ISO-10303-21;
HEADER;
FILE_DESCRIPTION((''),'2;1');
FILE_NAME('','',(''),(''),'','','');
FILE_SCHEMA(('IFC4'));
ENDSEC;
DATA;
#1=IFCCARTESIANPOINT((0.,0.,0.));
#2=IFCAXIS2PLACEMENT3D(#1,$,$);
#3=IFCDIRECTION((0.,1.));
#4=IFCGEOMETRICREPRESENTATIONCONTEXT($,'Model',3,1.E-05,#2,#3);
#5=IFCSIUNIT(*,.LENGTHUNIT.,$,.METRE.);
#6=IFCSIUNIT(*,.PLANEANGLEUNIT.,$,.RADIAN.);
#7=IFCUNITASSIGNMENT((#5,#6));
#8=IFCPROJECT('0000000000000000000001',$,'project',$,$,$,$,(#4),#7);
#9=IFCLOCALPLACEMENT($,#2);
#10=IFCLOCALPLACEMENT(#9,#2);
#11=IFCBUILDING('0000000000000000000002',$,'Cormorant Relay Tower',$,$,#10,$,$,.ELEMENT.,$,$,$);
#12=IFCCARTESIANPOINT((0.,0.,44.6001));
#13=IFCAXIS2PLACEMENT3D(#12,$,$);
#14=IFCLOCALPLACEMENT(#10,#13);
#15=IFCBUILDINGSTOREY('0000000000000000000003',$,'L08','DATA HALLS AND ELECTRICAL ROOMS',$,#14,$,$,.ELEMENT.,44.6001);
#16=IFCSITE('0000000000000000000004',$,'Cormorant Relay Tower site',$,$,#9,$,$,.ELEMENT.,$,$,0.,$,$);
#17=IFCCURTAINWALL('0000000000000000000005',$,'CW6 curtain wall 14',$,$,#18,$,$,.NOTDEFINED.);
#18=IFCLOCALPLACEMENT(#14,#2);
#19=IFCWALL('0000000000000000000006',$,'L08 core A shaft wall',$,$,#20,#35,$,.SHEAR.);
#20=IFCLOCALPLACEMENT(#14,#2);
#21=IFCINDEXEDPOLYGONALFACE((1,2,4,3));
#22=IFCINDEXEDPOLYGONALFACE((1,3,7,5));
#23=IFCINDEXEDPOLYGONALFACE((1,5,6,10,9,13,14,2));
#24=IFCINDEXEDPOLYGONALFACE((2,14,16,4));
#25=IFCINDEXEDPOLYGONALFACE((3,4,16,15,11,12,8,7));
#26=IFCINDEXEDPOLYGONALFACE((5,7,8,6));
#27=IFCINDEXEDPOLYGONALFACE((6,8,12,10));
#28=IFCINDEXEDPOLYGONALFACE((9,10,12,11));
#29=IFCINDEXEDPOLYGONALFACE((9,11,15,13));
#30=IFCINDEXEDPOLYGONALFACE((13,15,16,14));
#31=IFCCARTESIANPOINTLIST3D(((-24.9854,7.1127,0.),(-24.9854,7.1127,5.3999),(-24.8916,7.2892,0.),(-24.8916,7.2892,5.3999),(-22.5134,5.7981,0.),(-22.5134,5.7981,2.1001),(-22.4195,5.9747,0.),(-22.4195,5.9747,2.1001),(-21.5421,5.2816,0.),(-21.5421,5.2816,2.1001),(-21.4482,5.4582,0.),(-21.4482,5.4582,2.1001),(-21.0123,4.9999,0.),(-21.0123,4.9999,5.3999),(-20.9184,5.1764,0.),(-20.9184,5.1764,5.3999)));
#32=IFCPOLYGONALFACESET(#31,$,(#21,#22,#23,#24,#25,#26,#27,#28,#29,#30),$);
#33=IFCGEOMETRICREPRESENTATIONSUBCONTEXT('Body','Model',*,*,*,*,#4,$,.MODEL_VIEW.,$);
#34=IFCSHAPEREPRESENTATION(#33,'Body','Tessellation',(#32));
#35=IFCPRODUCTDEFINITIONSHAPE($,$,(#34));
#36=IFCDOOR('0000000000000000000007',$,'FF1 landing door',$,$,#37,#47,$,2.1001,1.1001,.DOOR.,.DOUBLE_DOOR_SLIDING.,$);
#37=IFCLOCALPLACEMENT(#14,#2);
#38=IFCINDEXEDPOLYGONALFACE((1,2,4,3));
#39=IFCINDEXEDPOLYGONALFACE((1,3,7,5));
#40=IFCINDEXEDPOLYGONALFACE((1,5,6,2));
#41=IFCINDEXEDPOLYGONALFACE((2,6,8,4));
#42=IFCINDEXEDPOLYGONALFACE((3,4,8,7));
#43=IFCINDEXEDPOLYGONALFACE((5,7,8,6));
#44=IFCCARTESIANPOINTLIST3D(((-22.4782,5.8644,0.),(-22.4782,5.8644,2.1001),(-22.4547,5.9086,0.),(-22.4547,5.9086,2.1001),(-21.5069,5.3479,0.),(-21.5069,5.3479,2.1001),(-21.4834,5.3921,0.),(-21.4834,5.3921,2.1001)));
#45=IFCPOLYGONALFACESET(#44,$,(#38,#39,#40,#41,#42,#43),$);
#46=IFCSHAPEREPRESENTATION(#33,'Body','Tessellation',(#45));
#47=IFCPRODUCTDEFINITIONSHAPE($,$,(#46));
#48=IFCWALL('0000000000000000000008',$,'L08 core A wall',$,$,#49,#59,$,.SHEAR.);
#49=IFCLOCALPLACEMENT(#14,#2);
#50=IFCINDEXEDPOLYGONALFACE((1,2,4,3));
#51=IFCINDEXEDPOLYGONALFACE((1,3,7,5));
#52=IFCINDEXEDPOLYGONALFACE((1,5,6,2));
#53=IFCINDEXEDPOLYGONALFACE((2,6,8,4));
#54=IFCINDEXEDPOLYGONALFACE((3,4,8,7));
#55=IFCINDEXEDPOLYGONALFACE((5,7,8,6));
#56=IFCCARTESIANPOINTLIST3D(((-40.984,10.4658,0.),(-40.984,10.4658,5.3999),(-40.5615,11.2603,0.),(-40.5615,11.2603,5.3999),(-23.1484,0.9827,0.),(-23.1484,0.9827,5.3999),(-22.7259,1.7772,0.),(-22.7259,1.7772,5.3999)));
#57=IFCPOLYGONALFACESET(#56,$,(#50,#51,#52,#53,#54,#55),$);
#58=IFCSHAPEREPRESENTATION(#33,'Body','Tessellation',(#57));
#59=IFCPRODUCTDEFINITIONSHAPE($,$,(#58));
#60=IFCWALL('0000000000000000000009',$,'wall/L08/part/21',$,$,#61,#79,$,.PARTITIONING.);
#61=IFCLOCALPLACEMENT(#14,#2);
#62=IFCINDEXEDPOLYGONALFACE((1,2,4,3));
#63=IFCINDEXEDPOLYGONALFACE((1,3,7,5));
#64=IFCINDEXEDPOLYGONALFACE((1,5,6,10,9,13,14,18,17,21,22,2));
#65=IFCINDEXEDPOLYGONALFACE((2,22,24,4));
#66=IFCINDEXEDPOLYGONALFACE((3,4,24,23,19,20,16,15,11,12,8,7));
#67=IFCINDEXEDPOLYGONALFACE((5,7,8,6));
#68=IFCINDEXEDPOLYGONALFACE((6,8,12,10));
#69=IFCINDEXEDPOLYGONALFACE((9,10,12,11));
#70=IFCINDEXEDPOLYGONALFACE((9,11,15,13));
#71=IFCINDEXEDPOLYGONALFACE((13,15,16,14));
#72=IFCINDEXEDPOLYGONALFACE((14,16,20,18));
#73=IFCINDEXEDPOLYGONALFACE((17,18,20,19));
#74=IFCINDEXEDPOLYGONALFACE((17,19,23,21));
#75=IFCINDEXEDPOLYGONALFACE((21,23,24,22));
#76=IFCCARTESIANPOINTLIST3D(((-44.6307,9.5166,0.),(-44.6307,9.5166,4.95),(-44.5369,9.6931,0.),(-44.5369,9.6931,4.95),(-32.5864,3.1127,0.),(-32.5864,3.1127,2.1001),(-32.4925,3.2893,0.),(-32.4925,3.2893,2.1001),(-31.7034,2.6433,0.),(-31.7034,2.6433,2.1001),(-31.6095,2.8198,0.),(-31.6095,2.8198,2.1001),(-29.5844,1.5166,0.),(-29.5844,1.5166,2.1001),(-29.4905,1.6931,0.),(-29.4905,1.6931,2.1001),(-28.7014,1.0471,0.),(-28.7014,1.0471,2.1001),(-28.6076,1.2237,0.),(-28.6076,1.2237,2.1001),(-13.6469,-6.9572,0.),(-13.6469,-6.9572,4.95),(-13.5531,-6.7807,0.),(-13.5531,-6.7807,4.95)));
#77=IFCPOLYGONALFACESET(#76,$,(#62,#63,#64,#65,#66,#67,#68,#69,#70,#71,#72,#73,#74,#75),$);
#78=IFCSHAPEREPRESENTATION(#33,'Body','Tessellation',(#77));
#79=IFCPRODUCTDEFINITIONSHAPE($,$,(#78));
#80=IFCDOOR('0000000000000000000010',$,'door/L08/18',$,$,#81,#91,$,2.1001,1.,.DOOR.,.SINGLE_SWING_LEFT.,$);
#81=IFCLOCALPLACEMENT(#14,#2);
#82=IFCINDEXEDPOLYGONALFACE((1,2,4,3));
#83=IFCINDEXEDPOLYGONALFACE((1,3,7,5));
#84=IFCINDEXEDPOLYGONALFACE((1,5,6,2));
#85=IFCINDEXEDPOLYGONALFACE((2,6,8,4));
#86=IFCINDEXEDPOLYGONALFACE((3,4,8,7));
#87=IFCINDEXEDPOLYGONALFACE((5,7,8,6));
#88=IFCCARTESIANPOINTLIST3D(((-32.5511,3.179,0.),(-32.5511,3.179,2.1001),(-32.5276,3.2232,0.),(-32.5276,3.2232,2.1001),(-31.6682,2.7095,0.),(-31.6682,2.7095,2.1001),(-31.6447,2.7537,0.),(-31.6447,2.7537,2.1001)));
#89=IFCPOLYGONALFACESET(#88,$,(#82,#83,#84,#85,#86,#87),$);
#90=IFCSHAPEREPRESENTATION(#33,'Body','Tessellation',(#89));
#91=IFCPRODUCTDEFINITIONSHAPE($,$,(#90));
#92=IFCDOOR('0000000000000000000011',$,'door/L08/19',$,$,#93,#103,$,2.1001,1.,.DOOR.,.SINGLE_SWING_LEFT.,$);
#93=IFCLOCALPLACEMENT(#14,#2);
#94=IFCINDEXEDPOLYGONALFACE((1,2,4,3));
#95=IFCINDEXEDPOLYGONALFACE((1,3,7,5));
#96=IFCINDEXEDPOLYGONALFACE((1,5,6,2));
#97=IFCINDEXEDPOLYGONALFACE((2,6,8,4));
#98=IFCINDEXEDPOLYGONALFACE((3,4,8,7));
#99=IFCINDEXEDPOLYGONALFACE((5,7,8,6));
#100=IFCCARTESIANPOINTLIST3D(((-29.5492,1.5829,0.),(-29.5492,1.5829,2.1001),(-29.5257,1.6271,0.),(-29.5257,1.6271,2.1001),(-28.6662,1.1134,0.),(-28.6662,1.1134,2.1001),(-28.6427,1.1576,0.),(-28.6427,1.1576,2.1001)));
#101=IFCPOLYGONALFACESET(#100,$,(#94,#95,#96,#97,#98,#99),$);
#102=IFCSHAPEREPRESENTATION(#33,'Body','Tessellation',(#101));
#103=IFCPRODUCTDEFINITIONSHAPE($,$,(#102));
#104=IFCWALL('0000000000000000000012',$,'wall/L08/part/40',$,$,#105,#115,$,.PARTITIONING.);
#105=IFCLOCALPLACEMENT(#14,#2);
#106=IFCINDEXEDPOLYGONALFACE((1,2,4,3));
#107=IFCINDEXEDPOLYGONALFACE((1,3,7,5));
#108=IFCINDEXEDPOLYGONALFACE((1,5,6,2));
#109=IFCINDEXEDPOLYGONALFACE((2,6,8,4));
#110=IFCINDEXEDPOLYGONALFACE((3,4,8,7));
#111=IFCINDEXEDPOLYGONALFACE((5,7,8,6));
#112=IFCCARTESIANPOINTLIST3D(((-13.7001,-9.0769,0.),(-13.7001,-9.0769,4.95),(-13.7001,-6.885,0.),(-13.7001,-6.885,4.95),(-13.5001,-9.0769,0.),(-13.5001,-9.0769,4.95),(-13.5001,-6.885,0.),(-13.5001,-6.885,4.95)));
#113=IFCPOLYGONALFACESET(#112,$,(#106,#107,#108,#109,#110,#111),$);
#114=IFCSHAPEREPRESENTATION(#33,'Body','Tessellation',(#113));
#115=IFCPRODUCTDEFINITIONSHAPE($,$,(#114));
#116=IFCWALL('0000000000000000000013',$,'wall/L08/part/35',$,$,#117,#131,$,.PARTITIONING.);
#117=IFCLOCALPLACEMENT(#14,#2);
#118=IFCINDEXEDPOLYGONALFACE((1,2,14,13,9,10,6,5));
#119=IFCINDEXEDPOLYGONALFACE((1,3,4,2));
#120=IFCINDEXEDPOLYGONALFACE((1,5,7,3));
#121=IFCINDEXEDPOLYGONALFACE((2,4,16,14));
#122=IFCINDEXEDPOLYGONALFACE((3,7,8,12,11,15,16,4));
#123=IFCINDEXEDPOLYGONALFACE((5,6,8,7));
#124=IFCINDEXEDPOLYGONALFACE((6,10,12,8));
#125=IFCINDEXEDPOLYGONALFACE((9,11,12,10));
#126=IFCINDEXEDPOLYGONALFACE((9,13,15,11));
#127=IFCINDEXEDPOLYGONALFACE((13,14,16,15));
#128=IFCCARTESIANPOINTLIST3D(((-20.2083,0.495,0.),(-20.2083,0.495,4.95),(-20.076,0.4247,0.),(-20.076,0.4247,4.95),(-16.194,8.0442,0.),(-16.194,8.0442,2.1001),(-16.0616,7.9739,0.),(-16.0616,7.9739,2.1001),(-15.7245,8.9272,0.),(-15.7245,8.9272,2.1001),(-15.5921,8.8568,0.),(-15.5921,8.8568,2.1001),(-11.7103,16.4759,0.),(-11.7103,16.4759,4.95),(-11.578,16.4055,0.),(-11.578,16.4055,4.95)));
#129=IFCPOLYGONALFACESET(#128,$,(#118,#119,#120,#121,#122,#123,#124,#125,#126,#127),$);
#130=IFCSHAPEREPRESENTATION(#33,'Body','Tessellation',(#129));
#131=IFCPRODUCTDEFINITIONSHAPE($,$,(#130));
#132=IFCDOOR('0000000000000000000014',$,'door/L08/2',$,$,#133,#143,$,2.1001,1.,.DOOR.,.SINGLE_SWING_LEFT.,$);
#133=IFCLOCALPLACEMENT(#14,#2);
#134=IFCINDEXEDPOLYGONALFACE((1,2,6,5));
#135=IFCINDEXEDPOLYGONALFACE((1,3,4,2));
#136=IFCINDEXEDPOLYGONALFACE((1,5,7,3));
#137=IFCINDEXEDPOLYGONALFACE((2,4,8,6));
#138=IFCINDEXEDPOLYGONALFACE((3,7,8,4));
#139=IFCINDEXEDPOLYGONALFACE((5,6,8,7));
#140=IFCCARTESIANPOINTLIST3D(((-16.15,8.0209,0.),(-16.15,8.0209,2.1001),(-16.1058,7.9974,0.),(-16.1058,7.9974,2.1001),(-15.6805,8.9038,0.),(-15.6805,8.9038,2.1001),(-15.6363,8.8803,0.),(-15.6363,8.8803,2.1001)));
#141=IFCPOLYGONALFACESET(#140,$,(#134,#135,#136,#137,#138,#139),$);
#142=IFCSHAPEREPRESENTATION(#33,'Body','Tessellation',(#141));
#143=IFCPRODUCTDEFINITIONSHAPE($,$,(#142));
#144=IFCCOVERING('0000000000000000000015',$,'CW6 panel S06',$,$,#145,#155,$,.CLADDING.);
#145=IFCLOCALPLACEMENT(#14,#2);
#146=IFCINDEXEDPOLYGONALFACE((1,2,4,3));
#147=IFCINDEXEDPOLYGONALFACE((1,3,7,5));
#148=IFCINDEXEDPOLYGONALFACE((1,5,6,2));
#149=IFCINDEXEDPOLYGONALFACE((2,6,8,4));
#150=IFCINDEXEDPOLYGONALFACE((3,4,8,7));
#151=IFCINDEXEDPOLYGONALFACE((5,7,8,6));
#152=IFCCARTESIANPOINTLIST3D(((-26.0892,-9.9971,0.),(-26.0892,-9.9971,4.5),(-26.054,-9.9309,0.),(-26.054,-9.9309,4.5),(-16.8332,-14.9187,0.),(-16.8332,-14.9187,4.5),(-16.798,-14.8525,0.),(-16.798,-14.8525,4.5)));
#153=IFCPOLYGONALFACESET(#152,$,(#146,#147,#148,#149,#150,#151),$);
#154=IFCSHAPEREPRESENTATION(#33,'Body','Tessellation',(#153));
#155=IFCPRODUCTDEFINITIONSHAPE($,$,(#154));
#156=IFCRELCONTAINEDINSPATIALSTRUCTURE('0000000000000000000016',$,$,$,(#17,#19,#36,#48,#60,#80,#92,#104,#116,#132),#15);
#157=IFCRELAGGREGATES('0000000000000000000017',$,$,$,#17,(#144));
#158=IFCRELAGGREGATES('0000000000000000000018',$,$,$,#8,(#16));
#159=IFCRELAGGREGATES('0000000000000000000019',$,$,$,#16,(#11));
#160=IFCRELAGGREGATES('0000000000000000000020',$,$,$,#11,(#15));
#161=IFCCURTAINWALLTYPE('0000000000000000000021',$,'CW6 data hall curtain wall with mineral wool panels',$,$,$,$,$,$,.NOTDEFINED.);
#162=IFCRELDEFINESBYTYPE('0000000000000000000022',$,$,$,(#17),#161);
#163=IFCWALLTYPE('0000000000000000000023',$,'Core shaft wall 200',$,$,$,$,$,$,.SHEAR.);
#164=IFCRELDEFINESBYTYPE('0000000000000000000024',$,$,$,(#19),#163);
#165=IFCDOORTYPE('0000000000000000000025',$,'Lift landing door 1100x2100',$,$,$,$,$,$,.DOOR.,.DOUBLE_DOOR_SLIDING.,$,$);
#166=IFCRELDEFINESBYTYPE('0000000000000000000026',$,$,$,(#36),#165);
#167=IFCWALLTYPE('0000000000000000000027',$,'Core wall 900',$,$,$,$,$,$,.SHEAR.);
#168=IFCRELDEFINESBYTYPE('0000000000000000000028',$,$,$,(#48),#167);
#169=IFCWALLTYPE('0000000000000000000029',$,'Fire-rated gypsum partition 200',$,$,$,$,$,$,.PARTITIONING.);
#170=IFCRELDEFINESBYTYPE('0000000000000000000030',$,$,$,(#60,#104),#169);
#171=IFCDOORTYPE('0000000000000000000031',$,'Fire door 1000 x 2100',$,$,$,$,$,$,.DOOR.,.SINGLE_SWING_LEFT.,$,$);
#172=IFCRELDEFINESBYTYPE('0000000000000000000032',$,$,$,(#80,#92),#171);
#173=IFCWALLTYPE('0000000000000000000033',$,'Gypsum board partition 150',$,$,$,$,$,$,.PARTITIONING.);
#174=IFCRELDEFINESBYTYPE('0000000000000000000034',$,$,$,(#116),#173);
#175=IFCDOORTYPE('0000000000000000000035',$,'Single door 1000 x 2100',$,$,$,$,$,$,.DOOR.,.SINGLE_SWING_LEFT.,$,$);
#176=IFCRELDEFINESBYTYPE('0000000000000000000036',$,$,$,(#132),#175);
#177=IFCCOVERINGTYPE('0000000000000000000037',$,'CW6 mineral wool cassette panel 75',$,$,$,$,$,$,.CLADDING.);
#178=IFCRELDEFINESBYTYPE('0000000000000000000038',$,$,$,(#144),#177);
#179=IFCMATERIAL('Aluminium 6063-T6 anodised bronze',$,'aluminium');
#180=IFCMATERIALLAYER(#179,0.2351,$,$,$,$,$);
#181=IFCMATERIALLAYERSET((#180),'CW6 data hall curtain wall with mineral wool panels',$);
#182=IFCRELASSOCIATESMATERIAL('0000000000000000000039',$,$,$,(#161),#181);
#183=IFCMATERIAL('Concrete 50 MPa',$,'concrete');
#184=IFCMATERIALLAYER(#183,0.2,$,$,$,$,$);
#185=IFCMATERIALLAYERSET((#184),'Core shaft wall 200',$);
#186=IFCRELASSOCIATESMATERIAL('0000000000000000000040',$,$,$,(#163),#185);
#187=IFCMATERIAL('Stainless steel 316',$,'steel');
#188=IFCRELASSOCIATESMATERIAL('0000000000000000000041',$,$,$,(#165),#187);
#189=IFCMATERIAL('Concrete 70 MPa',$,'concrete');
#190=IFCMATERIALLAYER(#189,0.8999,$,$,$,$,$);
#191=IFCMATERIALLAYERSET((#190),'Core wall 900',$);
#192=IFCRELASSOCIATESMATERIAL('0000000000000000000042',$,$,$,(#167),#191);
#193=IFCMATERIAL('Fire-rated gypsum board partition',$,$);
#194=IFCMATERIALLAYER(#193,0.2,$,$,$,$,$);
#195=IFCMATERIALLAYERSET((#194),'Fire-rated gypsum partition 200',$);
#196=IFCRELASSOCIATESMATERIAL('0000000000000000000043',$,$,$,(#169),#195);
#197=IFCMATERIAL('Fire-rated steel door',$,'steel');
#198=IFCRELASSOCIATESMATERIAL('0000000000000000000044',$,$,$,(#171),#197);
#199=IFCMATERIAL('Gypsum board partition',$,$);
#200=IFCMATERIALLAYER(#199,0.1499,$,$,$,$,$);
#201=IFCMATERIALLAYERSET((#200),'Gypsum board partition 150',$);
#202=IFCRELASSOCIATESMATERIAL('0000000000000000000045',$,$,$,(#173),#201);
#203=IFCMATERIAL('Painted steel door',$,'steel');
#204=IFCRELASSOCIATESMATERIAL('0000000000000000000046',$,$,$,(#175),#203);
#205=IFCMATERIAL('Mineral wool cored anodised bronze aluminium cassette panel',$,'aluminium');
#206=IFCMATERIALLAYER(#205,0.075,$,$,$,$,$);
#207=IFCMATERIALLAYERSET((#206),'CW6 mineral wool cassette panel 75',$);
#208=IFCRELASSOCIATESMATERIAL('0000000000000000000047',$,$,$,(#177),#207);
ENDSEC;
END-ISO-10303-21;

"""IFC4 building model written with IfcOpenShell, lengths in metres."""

from ifc_helpers import new_model, si_unit, direction, frame, frame_2d, origin, origin_2d, place, context, subcontext, project, spatial, rectangle, extrude, material, layer, layer_set, type_object, element, fill, aggregate, save


model = new_model("IFC4")

# Units and contexts
model_context = context("Model", 3, precision=1e-05, world=origin(), true_north=direction((0.0, 1.0)))
body_context = subcontext(model_context, "Body", "Model", "MODEL_VIEW")
ifc_project = project(units=[si_unit("LENGTHUNIT", "METRE"), si_unit("PLANEANGLEUNIT", "RADIAN")], contexts=[model_context])

# Site, building, storey
site_placement = place(None, origin())
site = spatial("IfcSite", under=ifc_project, at=site_placement, Name="Cormorant Relay Tower site", CompositionType="ELEMENT", RefElevation=0.0)
building_placement = place(site_placement, origin())
building = spatial("IfcBuilding", under=site, at=building_placement, Name="Cormorant Relay Tower", CompositionType="ELEMENT")
storey_placement = place(building_placement, frame((0.0, 0.0, 44.6001)))
storey = spatial("IfcBuildingStorey", under=building, at=storey_placement, Name="L08", Description="DATA HALLS AND ELECTRICAL ROOMS", CompositionType="ELEMENT", Elevation=44.6001)

# Curtain wall
ifc_material_1 = material(Name="Aluminium 6063-T6 anodised bronze", Category="aluminium")
ifc_layer_1 = layer(ifc_material_1, 0.2351)
ifc_layer_set_1 = layer_set([ifc_layer_1], Name="CW6 data hall curtain wall with mineral wool panels")
curtain_wall_type = type_object("IfcCurtainWallType", Name="CW6 data hall curtain wall with mineral wool panels", PredefinedType="NOTDEFINED", material=ifc_layer_set_1)
curtain_wall_placement = place(storey_placement, origin())
curtain_wall = element("IfcCurtainWall", 1, at=curtain_wall_placement, inside=storey, type_object=curtain_wall_type, Name="CW6 curtain wall 14", PredefinedType="NOTDEFINED")

# Shared definitions
ifc_material_2 = material(Name="Concrete 50 MPa", Category="concrete")
ifc_layer_2 = layer(ifc_material_2, 0.2)
ifc_layer_set_2 = layer_set([ifc_layer_2], Name="Core shaft wall 200")
wall_type_1 = type_object("IfcWallType", Name="Core shaft wall 200", PredefinedType="SHEAR", material=ifc_layer_set_2)

# Wall, opening, door
wall_1_placement = place(storey_placement, frame((-20.9653, 5.0881, 0.0), z_axis=(0.0, 0.0, 1.0), x_axis=(-0.882926, 0.469512, 0.0)))
wall_1 = element("IfcWall", 2, at=wall_1_placement, inside=storey, type_object=wall_type_1, Name="L08 core A shaft wall", PredefinedType="SHEAR", context=body_context, shape_type="SweptSolid", body=[
    extrude(rectangle(XDim=4.5, YDim=0.2, at=frame_2d((2.25, 0.0))), origin(), (0.0, 0.0, 1.0), 5.3999),
])
opening_1_placement = place(wall_1_placement, frame((0.6001, 0.0, 0.0)))
opening_1 = element("IfcOpeningElement", 3, at=opening_1_placement, cuts=wall_1, PredefinedType="OPENING", context=body_context, shape_type="SweptSolid", body=[
    extrude(rectangle(XDim=1.1001, YDim=2.1001, at=frame_2d((0.55, 1.05))), frame((0.0, 0.1099, 0.0), z_axis=(0.0, -1.0, 0.0), x_axis=(1.0, 0.0, 0.0)), (0.0, 0.0, 1.0), 0.22),
])
ifc_material_3 = material(Name="Stainless steel 316", Category="steel")
door_type_1 = type_object("IfcDoorType", Name="Lift landing door 1100x2100", OperationType="DOUBLE_DOOR_SLIDING", PredefinedType="DOOR", material=ifc_material_3)
door_1_placement = place(opening_1_placement, origin())
door_1 = element("IfcDoor", 4, at=door_1_placement, inside=storey, type_object=door_type_1, Name="FF1 landing door", OperationType="DOUBLE_DOOR_SLIDING", OverallHeight=2.1001, OverallWidth=1.1001, PredefinedType="DOOR", context=body_context, shape_type="SweptSolid", body=[
    extrude(rectangle(XDim=1.1001, YDim=2.1001, at=frame_2d((0.55, 1.05))), frame((0.0, 0.0249, 0.0), z_axis=(0.0, -1.0, 0.0), x_axis=(1.0, 0.0, 0.0)), (0.0, 0.0, 1.0), 0.05),
])
fill(opening_1, door_1)

# Wall
ifc_material_4 = material(Name="Concrete 70 MPa", Category="concrete")
ifc_layer_3 = layer(ifc_material_4, 0.8999)
ifc_layer_set_3 = layer_set([ifc_layer_3], Name="Core wall 900")
wall_type_2 = type_object("IfcWallType", Name="Core wall 900", PredefinedType="SHEAR", material=ifc_layer_set_3)
wall_2_placement = place(storey_placement, frame((-22.937, 1.3799, 0.0), z_axis=(0.0, 0.0, 1.0), x_axis=(-0.882953, 0.469462, 0.0)))
element("IfcWall", 5, at=wall_2_placement, inside=storey, type_object=wall_type_2, Name="L08 core A wall", PredefinedType="SHEAR", context=body_context, shape_type="SweptSolid", body=[
    extrude(rectangle(XDim=20.2, YDim=0.8999, at=frame_2d((10.1001, 0.0))), origin(), (0.0, 0.0, 1.0), 5.3999),
])

# Wall, openings, doors
ifc_material_5 = material(Name="Fire-rated gypsum board partition")
ifc_layer_4 = layer(ifc_material_5, 0.2)
ifc_layer_set_4 = layer_set([ifc_layer_4], Name="Fire-rated gypsum partition 200")
wall_type_3 = type_object("IfcWallType", Name="Fire-rated gypsum partition 200", PredefinedType="PARTITIONING", material=ifc_layer_set_4)
wall_3_placement = place(storey_placement, frame((-13.6001, -6.8689, 0.0), z_axis=(0.0, 0.0, 1.0), x_axis=(-0.882954, 0.469459, 0.0)))
wall_3 = element("IfcWall", 6, at=wall_3_placement, inside=storey, type_object=wall_type_3, Name="wall/L08/part/21", PredefinedType="PARTITIONING", context=body_context, shape_type="SweptSolid", body=[
    extrude(rectangle(XDim=35.0911, YDim=0.2, at=frame_2d((17.5454, 0.0))), origin(), (0.0, 0.0, 1.0), 4.95),
])
opening_2_placement = place(wall_3_placement, frame((20.45, 0.0, 0.0)))
opening_2 = element("IfcOpeningElement", 7, at=opening_2_placement, cuts=wall_3, PredefinedType="OPENING", context=body_context, shape_type="SweptSolid", body=[
    extrude(rectangle(XDim=1.0, YDim=2.1001, at=frame_2d((0.5, 1.05))), frame((0.0, 0.1099, 0.0), z_axis=(0.0, -1.0, 0.0), x_axis=(1.0, 0.0, 0.0)), (0.0, 0.0, 1.0), 0.22),
])
opening_3_placement = place(wall_3_placement, frame((17.05, 0.0, 0.0)))
opening_3 = element("IfcOpeningElement", 8, at=opening_3_placement, cuts=wall_3, PredefinedType="OPENING", context=body_context, shape_type="SweptSolid", body=[
    extrude(rectangle(XDim=1.0, YDim=2.1001, at=frame_2d((0.5, 1.05))), frame((0.0, 0.1099, 0.0), z_axis=(0.0, -1.0, 0.0), x_axis=(1.0, 0.0, 0.0)), (0.0, 0.0, 1.0), 0.22),
])
ifc_material_6 = material(Name="Fire-rated steel door", Category="steel")
door_type_2 = type_object("IfcDoorType", Name="Fire door 1000 x 2100", OperationType="SINGLE_SWING_LEFT", PredefinedType="DOOR", material=ifc_material_6)
door_2_placement = place(opening_2_placement, origin())
door_2 = element("IfcDoor", 9, at=door_2_placement, inside=storey, type_object=door_type_2, Name="door/L08/18", OperationType="SINGLE_SWING_LEFT", OverallHeight=2.1001, OverallWidth=1.0, PredefinedType="DOOR", context=body_context, shape_type="SweptSolid", body=[
    extrude(rectangle(XDim=1.0, YDim=2.1001, at=frame_2d((0.5, 1.05))), frame((0.0, 0.0249, 0.0), z_axis=(0.0, -1.0, 0.0), x_axis=(1.0, 0.0, 0.0)), (0.0, 0.0, 1.0), 0.05),
])
fill(opening_2, door_2)
door_3_placement = place(opening_3_placement, origin())
door_3 = element("IfcDoor", 10, at=door_3_placement, inside=storey, type_object=door_type_2, Name="door/L08/19", OperationType="SINGLE_SWING_LEFT", OverallHeight=2.1001, OverallWidth=1.0, PredefinedType="DOOR", context=body_context, shape_type="SweptSolid", body=[
    extrude(rectangle(XDim=1.0, YDim=2.1001, at=frame_2d((0.5, 1.05))), frame((0.0, 0.0249, 0.0), z_axis=(0.0, -1.0, 0.0), x_axis=(1.0, 0.0, 0.0)), (0.0, 0.0, 1.0), 0.05),
])
fill(opening_3, door_3)

# Wall
wall_4_placement = place(storey_placement, frame((-13.6001, -9.0769, 0.0), z_axis=(0.0, 0.0, 1.0), x_axis=(0.0, 1.0, 0.0)))
element("IfcWall", 11, at=wall_4_placement, inside=storey, type_object=wall_type_3, Name="wall/L08/part/40", PredefinedType="PARTITIONING", context=body_context, shape_type="SweptSolid", body=[
    extrude(rectangle(XDim=2.1919, YDim=0.2, at=frame_2d((1.0959, 0.0))), origin(), (0.0, 0.0, 1.0), 4.95),
])

# Wall, opening, door
ifc_material_7 = material(Name="Gypsum board partition")
ifc_layer_5 = layer(ifc_material_7, 0.1499)
ifc_layer_set_5 = layer_set([ifc_layer_5], Name="Gypsum board partition 150")
wall_type_4 = type_object("IfcWallType", Name="Gypsum board partition 150", PredefinedType="PARTITIONING", material=ifc_layer_set_5)
wall_5_placement = place(storey_placement, frame((-20.1421, 0.46, 0.0), z_axis=(0.0, 0.0, 1.0), x_axis=(0.469507, 0.882929, 0.0)))
wall_5 = element("IfcWall", 12, at=wall_5_placement, inside=storey, type_object=wall_type_4, Name="wall/L08/part/35", PredefinedType="PARTITIONING", context=body_context, shape_type="SweptSolid", body=[
    extrude(rectangle(XDim=18.0999, YDim=0.1499, at=frame_2d((9.0498, 0.0))), origin(), (0.0, 0.0, 1.0), 4.95),
])
opening_4_placement = place(wall_5_placement, frame((8.55, 0.0, 0.0)))
opening_4 = element("IfcOpeningElement", 13, at=opening_4_placement, cuts=wall_5, PredefinedType="OPENING", context=body_context, shape_type="SweptSolid", body=[
    extrude(rectangle(XDim=1.0, YDim=2.1001, at=frame_2d((0.5, 1.05))), frame((0.0, 0.085, 0.0), z_axis=(0.0, -1.0, 0.0), x_axis=(1.0, 0.0, 0.0)), (0.0, 0.0, 1.0), 0.1699),
])
ifc_material_8 = material(Name="Painted steel door", Category="steel")
door_type_3 = type_object("IfcDoorType", Name="Single door 1000 x 2100", OperationType="SINGLE_SWING_LEFT", PredefinedType="DOOR", material=ifc_material_8)
door_4_placement = place(opening_4_placement, frame((1.0, 0.0, 0.0), z_axis=(0.0, 0.0, 1.0), x_axis=(-1.0, 0.0, 0.0)))
door_4 = element("IfcDoor", 14, at=door_4_placement, inside=storey, type_object=door_type_3, Name="door/L08/2", OperationType="SINGLE_SWING_LEFT", OverallHeight=2.1001, OverallWidth=1.0, PredefinedType="DOOR", context=body_context, shape_type="SweptSolid", body=[
    extrude(rectangle(XDim=1.0, YDim=2.1001, at=frame_2d((0.5, 1.05))), frame((0.0, 0.0249, 0.0), z_axis=(0.0, -1.0, 0.0), x_axis=(1.0, 0.0, 0.0)), (0.0, 0.0, 1.0), 0.05),
])
fill(opening_4, door_4)

# Covering
ifc_material_9 = material(Name="Mineral wool cored anodised bronze aluminium cassette panel", Category="aluminium")
ifc_layer_6 = layer(ifc_material_9, 0.075)
ifc_layer_set_6 = layer_set([ifc_layer_6], Name="CW6 mineral wool cassette panel 75")
covering_type = type_object("IfcCoveringType", Name="CW6 mineral wool cassette panel 75", PredefinedType="CLADDING", material=ifc_layer_set_6)
covering_placement = place(storey_placement, frame((-21.4436, -12.4248, 0.0), z_axis=(0.0, 0.0, 1.0), x_axis=(0.882948, -0.469472, 0.0)))
covering = element("IfcCovering", 15, at=covering_placement, type_object=covering_type, Name="CW6 panel S06", PredefinedType="CLADDING", context=body_context, shape_type="SweptSolid", body=[
    extrude(rectangle(XDim=10.4832, YDim=0.075, at=origin_2d()), origin(), (0.0, 0.0, 1.0), 4.5),
])
aggregate(curtain_wall, [covering])

save(model, "model.ifc")
